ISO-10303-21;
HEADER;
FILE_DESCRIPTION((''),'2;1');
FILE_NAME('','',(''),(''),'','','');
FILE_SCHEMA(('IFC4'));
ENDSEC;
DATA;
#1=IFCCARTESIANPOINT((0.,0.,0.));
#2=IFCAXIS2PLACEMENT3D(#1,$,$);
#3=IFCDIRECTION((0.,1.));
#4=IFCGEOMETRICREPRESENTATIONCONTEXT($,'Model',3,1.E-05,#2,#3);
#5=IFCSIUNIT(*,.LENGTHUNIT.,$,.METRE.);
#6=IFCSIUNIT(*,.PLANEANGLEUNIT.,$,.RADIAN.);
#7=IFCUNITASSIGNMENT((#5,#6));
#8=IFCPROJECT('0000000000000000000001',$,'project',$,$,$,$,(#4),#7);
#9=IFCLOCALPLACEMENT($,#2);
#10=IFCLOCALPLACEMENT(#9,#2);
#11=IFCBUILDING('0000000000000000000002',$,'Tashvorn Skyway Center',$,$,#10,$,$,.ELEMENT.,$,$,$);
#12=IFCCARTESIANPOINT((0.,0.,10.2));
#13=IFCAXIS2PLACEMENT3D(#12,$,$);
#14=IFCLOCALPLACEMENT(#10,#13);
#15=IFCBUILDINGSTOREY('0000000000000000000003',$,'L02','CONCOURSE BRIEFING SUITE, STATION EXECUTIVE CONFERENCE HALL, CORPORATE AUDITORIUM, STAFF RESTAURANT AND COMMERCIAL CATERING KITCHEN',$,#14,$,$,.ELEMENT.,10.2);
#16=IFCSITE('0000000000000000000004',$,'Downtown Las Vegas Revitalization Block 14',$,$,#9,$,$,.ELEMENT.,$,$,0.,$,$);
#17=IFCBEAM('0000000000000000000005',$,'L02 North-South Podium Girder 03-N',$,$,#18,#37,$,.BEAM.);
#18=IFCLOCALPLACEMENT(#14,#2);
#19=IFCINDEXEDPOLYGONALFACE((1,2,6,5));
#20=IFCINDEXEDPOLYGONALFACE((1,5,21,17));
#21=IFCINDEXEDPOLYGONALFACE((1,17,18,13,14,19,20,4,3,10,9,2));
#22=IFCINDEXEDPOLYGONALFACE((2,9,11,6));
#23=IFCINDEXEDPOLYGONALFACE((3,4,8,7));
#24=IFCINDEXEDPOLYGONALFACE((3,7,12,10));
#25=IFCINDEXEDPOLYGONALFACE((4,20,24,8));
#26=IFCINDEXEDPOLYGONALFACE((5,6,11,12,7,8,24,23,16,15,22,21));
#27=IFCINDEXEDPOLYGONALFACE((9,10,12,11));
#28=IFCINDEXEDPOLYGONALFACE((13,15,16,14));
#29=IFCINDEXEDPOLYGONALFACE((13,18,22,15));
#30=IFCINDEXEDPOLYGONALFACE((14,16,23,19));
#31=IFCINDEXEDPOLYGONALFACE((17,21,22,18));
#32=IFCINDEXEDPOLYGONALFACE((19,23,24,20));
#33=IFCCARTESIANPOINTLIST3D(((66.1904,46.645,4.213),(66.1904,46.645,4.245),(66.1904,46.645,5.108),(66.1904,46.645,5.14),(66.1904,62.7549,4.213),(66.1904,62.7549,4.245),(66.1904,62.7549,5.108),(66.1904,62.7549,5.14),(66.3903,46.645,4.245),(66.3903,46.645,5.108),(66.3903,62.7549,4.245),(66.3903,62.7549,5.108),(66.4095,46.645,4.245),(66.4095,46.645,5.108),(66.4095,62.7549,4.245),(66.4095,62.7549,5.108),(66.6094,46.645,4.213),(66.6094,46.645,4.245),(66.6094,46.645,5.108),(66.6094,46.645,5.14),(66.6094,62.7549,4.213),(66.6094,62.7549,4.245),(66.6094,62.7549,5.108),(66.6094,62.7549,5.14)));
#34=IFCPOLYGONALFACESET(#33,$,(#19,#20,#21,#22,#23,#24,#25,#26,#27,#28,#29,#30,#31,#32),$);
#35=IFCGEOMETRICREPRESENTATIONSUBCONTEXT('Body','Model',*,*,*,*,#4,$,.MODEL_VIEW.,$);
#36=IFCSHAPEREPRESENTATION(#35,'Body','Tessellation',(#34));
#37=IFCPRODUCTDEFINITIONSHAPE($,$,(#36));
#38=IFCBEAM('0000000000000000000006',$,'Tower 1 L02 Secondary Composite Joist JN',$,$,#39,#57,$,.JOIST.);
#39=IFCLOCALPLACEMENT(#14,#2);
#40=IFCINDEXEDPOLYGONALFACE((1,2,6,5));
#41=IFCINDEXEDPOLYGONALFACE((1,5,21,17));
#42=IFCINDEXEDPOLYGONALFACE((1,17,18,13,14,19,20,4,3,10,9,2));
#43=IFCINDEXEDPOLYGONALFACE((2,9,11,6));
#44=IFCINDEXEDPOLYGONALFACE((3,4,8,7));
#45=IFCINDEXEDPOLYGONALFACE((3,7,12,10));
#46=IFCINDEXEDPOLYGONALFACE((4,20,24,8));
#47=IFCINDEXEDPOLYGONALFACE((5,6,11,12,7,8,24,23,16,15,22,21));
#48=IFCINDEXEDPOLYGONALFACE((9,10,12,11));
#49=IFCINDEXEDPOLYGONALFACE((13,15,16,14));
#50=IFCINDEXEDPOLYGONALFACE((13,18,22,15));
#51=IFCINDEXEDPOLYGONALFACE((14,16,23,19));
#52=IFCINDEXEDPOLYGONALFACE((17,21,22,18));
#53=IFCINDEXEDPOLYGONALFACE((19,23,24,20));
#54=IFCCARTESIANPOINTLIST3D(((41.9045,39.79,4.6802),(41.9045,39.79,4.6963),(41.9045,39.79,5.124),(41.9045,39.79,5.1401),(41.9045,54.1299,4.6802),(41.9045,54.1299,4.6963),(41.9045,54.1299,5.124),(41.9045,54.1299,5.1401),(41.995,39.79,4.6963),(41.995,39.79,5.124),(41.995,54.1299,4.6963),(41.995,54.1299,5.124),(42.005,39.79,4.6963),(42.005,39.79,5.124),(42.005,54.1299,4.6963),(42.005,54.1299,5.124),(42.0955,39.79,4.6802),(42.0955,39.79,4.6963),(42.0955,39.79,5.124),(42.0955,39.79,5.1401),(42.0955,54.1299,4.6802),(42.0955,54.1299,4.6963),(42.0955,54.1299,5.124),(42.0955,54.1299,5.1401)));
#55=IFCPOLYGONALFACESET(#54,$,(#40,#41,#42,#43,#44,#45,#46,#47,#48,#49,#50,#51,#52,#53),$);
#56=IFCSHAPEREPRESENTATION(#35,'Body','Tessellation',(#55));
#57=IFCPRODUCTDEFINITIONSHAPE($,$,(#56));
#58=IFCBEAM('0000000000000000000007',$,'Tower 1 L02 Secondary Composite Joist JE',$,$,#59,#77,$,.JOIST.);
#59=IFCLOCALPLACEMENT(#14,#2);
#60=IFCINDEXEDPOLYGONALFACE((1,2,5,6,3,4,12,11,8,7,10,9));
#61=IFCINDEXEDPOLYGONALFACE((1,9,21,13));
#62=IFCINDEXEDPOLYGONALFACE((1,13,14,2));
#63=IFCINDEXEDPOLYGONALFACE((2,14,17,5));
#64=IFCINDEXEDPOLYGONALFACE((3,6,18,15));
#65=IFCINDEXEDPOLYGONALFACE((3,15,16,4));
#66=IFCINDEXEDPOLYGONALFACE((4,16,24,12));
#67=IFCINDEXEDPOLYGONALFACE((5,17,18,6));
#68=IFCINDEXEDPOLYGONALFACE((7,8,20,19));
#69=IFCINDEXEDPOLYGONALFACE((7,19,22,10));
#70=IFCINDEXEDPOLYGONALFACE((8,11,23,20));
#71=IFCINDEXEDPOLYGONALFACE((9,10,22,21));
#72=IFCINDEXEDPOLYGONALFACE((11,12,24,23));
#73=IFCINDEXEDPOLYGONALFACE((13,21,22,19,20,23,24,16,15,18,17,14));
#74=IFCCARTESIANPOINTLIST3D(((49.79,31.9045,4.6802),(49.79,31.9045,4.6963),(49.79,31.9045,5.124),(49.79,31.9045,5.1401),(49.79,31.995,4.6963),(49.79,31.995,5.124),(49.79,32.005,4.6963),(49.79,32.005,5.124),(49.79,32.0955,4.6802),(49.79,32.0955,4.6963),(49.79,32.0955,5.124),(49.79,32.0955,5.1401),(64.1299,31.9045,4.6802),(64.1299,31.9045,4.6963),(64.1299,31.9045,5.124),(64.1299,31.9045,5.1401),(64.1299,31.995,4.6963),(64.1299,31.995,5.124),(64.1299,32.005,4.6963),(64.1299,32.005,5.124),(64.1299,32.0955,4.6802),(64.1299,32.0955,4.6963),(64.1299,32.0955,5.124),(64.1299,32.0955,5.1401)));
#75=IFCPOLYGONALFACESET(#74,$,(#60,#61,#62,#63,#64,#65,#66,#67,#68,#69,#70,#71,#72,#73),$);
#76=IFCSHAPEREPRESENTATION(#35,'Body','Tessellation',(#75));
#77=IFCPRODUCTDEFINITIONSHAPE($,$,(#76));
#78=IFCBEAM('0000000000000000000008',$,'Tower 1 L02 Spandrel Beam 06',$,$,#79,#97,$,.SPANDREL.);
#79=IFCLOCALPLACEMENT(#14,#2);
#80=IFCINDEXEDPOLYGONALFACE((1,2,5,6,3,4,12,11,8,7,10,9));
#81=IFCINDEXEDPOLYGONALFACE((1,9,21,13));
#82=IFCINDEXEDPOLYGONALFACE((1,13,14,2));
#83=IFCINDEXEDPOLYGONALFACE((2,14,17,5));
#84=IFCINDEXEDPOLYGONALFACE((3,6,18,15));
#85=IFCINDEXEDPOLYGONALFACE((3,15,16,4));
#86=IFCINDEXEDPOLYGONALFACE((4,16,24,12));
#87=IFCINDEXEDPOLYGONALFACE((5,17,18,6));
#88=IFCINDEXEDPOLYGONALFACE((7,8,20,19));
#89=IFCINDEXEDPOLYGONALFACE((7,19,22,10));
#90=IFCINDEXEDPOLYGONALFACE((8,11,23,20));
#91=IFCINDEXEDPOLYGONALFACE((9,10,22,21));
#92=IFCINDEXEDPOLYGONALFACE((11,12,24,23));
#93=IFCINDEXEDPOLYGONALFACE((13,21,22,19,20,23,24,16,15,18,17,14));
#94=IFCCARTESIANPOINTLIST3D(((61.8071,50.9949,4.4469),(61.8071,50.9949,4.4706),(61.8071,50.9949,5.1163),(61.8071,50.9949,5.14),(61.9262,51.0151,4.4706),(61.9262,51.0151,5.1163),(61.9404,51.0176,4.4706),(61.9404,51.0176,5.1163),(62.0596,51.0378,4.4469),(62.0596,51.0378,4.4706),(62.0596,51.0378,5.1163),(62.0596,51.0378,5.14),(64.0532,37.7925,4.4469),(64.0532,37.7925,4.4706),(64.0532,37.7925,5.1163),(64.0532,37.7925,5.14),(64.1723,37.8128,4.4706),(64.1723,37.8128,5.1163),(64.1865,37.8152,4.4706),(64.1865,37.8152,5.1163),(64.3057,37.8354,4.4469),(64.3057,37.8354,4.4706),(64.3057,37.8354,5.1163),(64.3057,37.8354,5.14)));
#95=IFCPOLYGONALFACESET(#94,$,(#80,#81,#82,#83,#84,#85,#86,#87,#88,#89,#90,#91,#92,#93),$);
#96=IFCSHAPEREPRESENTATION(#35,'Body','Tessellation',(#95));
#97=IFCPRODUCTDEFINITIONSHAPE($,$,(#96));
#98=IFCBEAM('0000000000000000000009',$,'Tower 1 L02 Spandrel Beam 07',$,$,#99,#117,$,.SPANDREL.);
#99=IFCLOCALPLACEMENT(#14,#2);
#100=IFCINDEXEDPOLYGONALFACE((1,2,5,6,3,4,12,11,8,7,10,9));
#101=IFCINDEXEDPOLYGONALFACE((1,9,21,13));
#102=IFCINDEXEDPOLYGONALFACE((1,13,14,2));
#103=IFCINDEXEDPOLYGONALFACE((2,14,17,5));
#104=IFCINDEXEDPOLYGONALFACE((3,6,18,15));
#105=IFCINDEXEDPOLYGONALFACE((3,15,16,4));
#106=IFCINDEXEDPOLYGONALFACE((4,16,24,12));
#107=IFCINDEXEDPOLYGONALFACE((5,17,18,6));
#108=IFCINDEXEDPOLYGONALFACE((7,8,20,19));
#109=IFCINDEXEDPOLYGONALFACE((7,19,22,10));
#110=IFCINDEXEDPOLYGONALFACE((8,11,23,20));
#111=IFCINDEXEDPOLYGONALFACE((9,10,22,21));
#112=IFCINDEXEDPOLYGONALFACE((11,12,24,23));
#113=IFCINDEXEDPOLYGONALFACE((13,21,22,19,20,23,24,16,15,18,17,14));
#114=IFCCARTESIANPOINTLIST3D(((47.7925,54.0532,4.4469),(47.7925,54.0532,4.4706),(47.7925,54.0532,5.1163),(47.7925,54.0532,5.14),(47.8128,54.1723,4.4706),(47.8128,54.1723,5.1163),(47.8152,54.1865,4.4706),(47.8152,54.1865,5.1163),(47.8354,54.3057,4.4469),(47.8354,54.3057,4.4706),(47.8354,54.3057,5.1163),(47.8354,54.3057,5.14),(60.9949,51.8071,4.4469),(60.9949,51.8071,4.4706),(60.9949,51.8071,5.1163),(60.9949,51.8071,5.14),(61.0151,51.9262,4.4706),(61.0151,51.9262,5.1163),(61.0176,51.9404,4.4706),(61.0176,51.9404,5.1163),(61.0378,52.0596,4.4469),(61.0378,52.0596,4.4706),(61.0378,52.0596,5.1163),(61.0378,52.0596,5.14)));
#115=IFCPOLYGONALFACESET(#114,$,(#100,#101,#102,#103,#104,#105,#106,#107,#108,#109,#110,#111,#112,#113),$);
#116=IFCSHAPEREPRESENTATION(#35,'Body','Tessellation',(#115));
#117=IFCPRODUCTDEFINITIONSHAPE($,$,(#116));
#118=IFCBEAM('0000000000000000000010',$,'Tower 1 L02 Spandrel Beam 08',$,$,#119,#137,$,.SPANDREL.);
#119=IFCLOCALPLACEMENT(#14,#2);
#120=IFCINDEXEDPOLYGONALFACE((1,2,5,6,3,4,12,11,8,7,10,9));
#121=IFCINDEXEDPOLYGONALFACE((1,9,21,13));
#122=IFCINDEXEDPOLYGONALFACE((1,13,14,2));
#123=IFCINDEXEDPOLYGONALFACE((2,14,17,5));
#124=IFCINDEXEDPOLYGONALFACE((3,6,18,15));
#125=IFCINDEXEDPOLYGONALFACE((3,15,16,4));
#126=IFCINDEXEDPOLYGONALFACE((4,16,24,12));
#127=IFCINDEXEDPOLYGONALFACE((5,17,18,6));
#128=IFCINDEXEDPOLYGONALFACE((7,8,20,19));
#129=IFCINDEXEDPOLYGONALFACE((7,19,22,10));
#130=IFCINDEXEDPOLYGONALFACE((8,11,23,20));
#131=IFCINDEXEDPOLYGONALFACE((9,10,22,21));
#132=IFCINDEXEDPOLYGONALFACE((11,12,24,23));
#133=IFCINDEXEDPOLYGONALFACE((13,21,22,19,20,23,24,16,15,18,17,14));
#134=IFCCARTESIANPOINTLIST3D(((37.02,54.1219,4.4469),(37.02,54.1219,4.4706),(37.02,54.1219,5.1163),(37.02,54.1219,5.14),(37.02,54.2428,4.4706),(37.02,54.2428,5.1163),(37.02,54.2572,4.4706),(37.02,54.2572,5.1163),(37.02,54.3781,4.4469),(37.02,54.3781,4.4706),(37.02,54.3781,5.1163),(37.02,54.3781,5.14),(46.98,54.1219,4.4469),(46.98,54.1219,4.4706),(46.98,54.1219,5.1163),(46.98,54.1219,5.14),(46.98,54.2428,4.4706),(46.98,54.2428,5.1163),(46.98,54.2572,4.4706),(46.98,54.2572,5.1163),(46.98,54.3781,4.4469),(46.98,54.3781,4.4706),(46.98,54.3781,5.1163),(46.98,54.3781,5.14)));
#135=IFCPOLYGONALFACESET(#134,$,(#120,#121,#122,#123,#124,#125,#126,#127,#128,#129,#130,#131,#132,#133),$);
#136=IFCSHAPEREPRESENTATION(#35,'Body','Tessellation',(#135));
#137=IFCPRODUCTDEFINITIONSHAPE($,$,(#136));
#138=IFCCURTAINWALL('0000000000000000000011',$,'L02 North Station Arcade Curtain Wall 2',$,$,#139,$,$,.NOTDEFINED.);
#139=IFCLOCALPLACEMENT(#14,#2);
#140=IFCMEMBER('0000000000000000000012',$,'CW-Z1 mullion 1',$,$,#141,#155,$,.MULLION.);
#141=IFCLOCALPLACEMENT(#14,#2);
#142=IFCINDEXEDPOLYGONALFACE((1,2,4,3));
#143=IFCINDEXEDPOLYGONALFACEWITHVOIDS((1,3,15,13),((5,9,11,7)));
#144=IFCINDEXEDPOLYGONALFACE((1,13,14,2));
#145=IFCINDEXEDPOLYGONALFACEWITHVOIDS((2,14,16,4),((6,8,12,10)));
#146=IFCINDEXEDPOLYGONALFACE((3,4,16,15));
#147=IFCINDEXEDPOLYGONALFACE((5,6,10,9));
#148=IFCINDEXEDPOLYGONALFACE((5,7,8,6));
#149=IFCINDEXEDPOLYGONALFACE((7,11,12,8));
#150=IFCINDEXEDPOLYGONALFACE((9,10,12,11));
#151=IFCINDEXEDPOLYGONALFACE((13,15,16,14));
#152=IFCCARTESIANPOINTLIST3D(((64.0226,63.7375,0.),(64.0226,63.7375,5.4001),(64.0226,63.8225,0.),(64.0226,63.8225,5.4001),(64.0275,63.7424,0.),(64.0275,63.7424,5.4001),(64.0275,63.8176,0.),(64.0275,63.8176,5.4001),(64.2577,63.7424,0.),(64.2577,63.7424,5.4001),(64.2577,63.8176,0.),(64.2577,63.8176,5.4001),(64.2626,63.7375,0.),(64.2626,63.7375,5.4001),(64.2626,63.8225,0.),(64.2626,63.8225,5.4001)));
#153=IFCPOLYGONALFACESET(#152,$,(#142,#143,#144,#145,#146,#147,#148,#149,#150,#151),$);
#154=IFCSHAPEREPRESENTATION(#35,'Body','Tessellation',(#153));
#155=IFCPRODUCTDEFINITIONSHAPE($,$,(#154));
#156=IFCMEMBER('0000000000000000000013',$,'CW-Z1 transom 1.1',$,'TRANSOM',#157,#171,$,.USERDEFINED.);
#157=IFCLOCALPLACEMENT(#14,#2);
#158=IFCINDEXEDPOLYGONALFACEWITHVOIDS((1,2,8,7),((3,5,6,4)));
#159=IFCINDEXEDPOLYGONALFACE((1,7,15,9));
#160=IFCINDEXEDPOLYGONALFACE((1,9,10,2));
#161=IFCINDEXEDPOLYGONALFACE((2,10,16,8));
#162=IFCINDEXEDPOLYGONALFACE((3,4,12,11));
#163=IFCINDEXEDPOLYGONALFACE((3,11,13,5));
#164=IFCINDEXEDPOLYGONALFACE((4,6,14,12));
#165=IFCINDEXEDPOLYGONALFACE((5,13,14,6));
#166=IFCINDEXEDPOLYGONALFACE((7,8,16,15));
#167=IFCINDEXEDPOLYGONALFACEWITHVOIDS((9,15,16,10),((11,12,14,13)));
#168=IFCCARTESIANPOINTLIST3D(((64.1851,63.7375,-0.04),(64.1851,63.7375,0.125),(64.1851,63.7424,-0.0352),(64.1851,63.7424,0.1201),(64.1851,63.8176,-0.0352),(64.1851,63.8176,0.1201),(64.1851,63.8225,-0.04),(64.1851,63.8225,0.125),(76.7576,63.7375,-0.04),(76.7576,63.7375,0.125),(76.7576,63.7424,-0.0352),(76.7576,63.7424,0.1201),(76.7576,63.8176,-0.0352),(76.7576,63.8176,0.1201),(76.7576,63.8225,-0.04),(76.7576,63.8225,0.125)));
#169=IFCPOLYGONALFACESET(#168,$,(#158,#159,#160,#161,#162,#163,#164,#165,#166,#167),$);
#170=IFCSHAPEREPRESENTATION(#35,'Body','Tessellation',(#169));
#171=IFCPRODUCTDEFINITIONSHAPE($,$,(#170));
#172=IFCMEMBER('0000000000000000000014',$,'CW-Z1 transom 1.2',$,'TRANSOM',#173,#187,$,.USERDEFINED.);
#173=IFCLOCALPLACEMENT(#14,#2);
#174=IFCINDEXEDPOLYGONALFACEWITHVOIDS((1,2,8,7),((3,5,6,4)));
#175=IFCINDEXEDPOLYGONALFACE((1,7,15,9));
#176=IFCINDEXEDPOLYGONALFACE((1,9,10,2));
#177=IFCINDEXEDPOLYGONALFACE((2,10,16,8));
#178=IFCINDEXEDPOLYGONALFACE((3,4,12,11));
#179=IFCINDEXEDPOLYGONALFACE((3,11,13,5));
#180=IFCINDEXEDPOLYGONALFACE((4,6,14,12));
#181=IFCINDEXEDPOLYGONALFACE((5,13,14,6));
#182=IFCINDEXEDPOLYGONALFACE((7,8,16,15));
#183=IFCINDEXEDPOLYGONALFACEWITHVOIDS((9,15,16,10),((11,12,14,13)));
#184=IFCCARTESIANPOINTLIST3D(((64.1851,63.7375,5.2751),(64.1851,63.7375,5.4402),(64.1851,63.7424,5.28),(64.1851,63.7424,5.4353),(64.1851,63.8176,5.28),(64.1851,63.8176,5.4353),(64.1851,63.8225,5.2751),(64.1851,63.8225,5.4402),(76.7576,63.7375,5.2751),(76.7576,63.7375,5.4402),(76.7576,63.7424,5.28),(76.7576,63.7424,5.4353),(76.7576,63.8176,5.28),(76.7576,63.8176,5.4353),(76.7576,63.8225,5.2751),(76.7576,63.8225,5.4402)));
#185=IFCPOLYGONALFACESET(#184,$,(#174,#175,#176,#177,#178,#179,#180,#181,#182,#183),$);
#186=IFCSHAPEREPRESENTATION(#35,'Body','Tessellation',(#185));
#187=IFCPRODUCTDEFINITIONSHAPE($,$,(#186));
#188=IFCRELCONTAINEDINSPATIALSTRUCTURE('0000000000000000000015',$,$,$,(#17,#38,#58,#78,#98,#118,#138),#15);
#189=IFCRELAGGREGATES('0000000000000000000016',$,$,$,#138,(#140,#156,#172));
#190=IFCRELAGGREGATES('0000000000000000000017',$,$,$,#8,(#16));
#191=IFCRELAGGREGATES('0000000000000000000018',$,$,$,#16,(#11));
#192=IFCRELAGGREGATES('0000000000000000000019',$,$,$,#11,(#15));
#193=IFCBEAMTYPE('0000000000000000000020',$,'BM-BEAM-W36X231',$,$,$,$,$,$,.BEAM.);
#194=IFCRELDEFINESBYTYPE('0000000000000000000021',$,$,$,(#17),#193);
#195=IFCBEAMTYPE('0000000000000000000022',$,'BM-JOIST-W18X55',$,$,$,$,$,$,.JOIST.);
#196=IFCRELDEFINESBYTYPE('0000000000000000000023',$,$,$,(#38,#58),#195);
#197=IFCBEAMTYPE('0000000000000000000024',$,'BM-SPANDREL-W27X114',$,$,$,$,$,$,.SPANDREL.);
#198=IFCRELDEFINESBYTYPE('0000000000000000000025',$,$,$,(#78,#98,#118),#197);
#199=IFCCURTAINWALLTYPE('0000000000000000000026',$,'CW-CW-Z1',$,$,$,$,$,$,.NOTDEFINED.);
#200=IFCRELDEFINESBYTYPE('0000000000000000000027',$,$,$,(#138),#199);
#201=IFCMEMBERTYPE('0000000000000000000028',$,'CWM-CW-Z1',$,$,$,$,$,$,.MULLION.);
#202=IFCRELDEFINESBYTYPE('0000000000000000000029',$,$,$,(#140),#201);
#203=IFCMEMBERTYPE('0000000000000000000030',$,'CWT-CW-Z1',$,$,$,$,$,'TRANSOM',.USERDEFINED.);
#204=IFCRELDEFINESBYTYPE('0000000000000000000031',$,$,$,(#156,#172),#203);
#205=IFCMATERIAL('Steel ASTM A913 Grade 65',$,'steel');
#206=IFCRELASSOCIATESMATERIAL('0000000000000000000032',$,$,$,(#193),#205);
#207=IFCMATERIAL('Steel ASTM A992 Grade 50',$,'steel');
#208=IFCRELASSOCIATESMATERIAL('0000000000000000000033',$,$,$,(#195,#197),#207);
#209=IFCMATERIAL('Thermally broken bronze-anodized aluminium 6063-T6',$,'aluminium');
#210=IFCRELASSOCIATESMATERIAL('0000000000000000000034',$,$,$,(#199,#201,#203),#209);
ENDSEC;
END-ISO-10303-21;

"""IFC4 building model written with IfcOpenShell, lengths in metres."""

from ifc_helpers import new_model, si_unit, direction, frame, origin, origin_2d, place, context, subcontext, project, spatial, hollow_rectangle, i_section, extrude, material, material_profile, profile_set, type_object, element, aggregate, save


model = new_model("IFC4")

# Units and contexts
model_context = context("Model", 3, precision=1e-05, world=origin(), true_north=direction((0.0, 1.0)))
body_context = subcontext(model_context, "Body", "Model", "MODEL_VIEW")
ifc_project = project(units=[si_unit("LENGTHUNIT", "METRE"), si_unit("PLANEANGLEUNIT", "RADIAN")], contexts=[model_context])

# Site, building, storey
site_placement = place(None, origin())
site = spatial("IfcSite", under=ifc_project, at=site_placement, Name="Downtown Las Vegas Revitalization Block 14", CompositionType="ELEMENT", RefElevation=0.0)
building_placement = place(site_placement, origin())
building = spatial("IfcBuilding", under=site, at=building_placement, Name="Tashvorn Skyway Center", CompositionType="ELEMENT")
storey_placement = place(building_placement, frame((0.0, 0.0, 10.2)))
storey = spatial("IfcBuildingStorey", under=building, at=storey_placement, Name="L02", Description="CONCOURSE BRIEFING SUITE, STATION EXECUTIVE CONFERENCE HALL, CORPORATE AUDITORIUM, STAFF RESTAURANT AND COMMERCIAL CATERING KITCHEN", CompositionType="ELEMENT", Elevation=10.2)

# Beams
ifc_material_1 = material(Name="Steel ASTM A913 Grade 65", Category="steel")
ifc_material_profile_1 = material_profile(ifc_material_1, i_section(OverallWidth=0.4189, OverallDepth=0.927, WebThickness=0.0193, FlangeThickness=0.032, at=origin_2d()), Name="W36X231")
ifc_profile_set_1 = profile_set([ifc_material_profile_1], Name="Steel ASTM A913 Grade 65")
beam_type_1 = type_object("IfcBeamType", Name="BM-BEAM-W36X231", PredefinedType="BEAM", material=ifc_profile_set_1)
beam_1_placement = place(storey_placement, frame((66.3999, 46.645, 4.6765), z_axis=(0.0, 1.0, 0.0), x_axis=(-1.0, 0.0, 0.0)))
element("IfcBeam", 1, at=beam_1_placement, inside=storey, type_object=beam_type_1, Name="L02 North-South Podium Girder 03-N", PredefinedType="BEAM", context=body_context, shape_type="SweptSolid", body=[
    extrude(i_section(OverallWidth=0.4189, OverallDepth=0.927, WebThickness=0.0193, FlangeThickness=0.032, at=origin_2d()), origin(), (0.0, 0.0, 1.0), 16.1099),
])
ifc_material_2 = material(Name="Steel ASTM A992 Grade 50", Category="steel")
ifc_material_profile_2 = material_profile(ifc_material_2, i_section(OverallWidth=0.1909, OverallDepth=0.46, WebThickness=0.01, FlangeThickness=0.0161, at=origin_2d()), Name="W18X55")
ifc_profile_set_2 = profile_set([ifc_material_profile_2], Name="Steel ASTM A992 Grade 50")
beam_type_2 = type_object("IfcBeamType", Name="BM-JOIST-W18X55", PredefinedType="JOIST", material=ifc_profile_set_2)
for number, where, z_axis, x_axis, name in (
    (2, (42.0, 39.79, 4.9102), (0.0, 1.0, 0.0), (-1.0, 0.0, 0.0), "Tower 1 L02 Secondary Composite Joist JN"),
    (3, (49.79, 32.0, 4.9102), (1.0, 0.0, 0.0), (0.0, 1.0, 0.0), "Tower 1 L02 Secondary Composite Joist JE"),
):
    element("IfcBeam", number, at=place(storey_placement, frame(where, z_axis=z_axis, x_axis=x_axis)), inside=storey, type_object=beam_type_2, Name=name, PredefinedType="JOIST", context=body_context, shape_type="SweptSolid", body=[
        extrude(i_section(OverallWidth=0.1909, OverallDepth=0.46, WebThickness=0.01, FlangeThickness=0.0161, at=origin_2d()), origin(), (0.0, 0.0, 1.0), 14.3398),
    ])
ifc_material_profile_3 = material_profile(ifc_material_2, i_section(OverallWidth=0.2561, OverallDepth=0.6931, WebThickness=0.0144, FlangeThickness=0.0237, at=origin_2d()), Name="W27X114")
ifc_profile_set_3 = profile_set([ifc_material_profile_3], Name="Steel ASTM A992 Grade 50")
beam_type_3 = type_object("IfcBeamType", Name="BM-SPANDREL-W27X114", PredefinedType="SPANDREL", material=ifc_profile_set_3)
for number, where, z_axis, x_axis, name in (
    (4, (64.1794, 37.814, 4.7935), (-0.167718, 0.985835, 0.0), (-0.985835, -0.167718, 0.0), "Tower 1 L02 Spandrel Beam 06"),
    (5, (61.0164, 51.9333, 4.7935), (-0.985835, 0.167718, 0.0), (-0.167718, -0.985835, 0.0), "Tower 1 L02 Spandrel Beam 07"),
):
    element("IfcBeam", number, at=place(storey_placement, frame(where, z_axis=z_axis, x_axis=x_axis)), inside=storey, type_object=beam_type_3, Name=name, PredefinedType="SPANDREL", context=body_context, shape_type="SweptSolid", body=[
        extrude(i_section(OverallWidth=0.2561, OverallDepth=0.6931, WebThickness=0.0144, FlangeThickness=0.0237, at=origin_2d()), origin(), (0.0, 0.0, 1.0), 13.3921),
    ])
beam_2_placement = place(storey_placement, frame((46.98, 54.25, 4.7935), z_axis=(-1.0, 0.0, 0.0), x_axis=(0.0, -1.0, 0.0)))
element("IfcBeam", 6, at=beam_2_placement, inside=storey, type_object=beam_type_3, Name="Tower 1 L02 Spandrel Beam 08", PredefinedType="SPANDREL", context=body_context, shape_type="SweptSolid", body=[
    extrude(i_section(OverallWidth=0.2561, OverallDepth=0.6931, WebThickness=0.0144, FlangeThickness=0.0237, at=origin_2d()), origin(), (0.0, 0.0, 1.0), 9.96),
])

# Curtain wall, members
ifc_material_3 = material(Name="Thermally broken bronze-anodized aluminium 6063-T6", Category="aluminium")
curtain_wall_type = type_object("IfcCurtainWallType", Name="CW-CW-Z1", PredefinedType="NOTDEFINED", material=ifc_material_3)
curtain_wall_placement = place(storey_placement, origin())
curtain_wall = element("IfcCurtainWall", 7, at=curtain_wall_placement, inside=storey, type_object=curtain_wall_type, Name="L02 North Station Arcade Curtain Wall 2", PredefinedType="NOTDEFINED")
ifc_material_profile_4 = material_profile(ifc_material_3, hollow_rectangle(XDim=0.085, YDim=0.24, WallThickness=0.0049, at=origin_2d()), Name="ALU-MULL-85x240")
ifc_profile_set_4 = profile_set([ifc_material_profile_4], Name="Thermally broken bronze-anodized aluminium 6063-T6")
member_type_1 = type_object("IfcMemberType", Name="CWM-CW-Z1", PredefinedType="MULLION", material=ifc_profile_set_4)
member_1_placement = place(storey_placement, frame((64.1426, 63.78, 0.0), z_axis=(0.0, 0.0, 1.0), x_axis=(0.0, 1.0, 0.0)))
member_1 = element("IfcMember", 8, at=member_1_placement, type_object=member_type_1, Name="CW-Z1 mullion 1", PredefinedType="MULLION", context=body_context, shape_type="SweptSolid", body=[
    extrude(hollow_rectangle(XDim=0.085, YDim=0.24, WallThickness=0.0049, at=origin_2d()), origin(), (0.0, 0.0, 1.0), 5.4001),
])
ifc_material_profile_5 = material_profile(ifc_material_3, hollow_rectangle(XDim=0.085, YDim=0.165, WallThickness=0.0049, at=origin_2d()), Name="ALU-TRAN-85x165")
ifc_profile_set_5 = profile_set([ifc_material_profile_5], Name="Thermally broken bronze-anodized aluminium 6063-T6")
member_type_2 = type_object("IfcMemberType", Name="CWT-CW-Z1", ElementType="TRANSOM", PredefinedType="USERDEFINED", material=ifc_profile_set_5)
member_2_placement = place(storey_placement, frame((64.1851, 63.78, 0.0425), z_axis=(1.0, 0.0, 0.0), x_axis=(0.0, 1.0, 0.0)))
member_2 = element("IfcMember", 9, at=member_2_placement, type_object=member_type_2, Name="CW-Z1 transom 1.1", ObjectType="TRANSOM", PredefinedType="USERDEFINED", context=body_context, shape_type="SweptSolid", body=[
    extrude(hollow_rectangle(XDim=0.085, YDim=0.165, WallThickness=0.0049, at=origin_2d()), origin(), (0.0, 0.0, 1.0), 12.5725),
])
member_3_placement = place(storey_placement, frame((64.1851, 63.78, 5.3577), z_axis=(1.0, 0.0, 0.0), x_axis=(0.0, 1.0, 0.0)))
member_3 = element("IfcMember", 10, at=member_3_placement, type_object=member_type_2, Name="CW-Z1 transom 1.2", ObjectType="TRANSOM", PredefinedType="USERDEFINED", context=body_context, shape_type="SweptSolid", body=[
    extrude(hollow_rectangle(XDim=0.085, YDim=0.165, WallThickness=0.0049, at=origin_2d()), origin(), (0.0, 0.0, 1.0), 12.5725),
])
aggregate(curtain_wall, [member_1, member_2, member_3])

save(model, "model.ifc")
